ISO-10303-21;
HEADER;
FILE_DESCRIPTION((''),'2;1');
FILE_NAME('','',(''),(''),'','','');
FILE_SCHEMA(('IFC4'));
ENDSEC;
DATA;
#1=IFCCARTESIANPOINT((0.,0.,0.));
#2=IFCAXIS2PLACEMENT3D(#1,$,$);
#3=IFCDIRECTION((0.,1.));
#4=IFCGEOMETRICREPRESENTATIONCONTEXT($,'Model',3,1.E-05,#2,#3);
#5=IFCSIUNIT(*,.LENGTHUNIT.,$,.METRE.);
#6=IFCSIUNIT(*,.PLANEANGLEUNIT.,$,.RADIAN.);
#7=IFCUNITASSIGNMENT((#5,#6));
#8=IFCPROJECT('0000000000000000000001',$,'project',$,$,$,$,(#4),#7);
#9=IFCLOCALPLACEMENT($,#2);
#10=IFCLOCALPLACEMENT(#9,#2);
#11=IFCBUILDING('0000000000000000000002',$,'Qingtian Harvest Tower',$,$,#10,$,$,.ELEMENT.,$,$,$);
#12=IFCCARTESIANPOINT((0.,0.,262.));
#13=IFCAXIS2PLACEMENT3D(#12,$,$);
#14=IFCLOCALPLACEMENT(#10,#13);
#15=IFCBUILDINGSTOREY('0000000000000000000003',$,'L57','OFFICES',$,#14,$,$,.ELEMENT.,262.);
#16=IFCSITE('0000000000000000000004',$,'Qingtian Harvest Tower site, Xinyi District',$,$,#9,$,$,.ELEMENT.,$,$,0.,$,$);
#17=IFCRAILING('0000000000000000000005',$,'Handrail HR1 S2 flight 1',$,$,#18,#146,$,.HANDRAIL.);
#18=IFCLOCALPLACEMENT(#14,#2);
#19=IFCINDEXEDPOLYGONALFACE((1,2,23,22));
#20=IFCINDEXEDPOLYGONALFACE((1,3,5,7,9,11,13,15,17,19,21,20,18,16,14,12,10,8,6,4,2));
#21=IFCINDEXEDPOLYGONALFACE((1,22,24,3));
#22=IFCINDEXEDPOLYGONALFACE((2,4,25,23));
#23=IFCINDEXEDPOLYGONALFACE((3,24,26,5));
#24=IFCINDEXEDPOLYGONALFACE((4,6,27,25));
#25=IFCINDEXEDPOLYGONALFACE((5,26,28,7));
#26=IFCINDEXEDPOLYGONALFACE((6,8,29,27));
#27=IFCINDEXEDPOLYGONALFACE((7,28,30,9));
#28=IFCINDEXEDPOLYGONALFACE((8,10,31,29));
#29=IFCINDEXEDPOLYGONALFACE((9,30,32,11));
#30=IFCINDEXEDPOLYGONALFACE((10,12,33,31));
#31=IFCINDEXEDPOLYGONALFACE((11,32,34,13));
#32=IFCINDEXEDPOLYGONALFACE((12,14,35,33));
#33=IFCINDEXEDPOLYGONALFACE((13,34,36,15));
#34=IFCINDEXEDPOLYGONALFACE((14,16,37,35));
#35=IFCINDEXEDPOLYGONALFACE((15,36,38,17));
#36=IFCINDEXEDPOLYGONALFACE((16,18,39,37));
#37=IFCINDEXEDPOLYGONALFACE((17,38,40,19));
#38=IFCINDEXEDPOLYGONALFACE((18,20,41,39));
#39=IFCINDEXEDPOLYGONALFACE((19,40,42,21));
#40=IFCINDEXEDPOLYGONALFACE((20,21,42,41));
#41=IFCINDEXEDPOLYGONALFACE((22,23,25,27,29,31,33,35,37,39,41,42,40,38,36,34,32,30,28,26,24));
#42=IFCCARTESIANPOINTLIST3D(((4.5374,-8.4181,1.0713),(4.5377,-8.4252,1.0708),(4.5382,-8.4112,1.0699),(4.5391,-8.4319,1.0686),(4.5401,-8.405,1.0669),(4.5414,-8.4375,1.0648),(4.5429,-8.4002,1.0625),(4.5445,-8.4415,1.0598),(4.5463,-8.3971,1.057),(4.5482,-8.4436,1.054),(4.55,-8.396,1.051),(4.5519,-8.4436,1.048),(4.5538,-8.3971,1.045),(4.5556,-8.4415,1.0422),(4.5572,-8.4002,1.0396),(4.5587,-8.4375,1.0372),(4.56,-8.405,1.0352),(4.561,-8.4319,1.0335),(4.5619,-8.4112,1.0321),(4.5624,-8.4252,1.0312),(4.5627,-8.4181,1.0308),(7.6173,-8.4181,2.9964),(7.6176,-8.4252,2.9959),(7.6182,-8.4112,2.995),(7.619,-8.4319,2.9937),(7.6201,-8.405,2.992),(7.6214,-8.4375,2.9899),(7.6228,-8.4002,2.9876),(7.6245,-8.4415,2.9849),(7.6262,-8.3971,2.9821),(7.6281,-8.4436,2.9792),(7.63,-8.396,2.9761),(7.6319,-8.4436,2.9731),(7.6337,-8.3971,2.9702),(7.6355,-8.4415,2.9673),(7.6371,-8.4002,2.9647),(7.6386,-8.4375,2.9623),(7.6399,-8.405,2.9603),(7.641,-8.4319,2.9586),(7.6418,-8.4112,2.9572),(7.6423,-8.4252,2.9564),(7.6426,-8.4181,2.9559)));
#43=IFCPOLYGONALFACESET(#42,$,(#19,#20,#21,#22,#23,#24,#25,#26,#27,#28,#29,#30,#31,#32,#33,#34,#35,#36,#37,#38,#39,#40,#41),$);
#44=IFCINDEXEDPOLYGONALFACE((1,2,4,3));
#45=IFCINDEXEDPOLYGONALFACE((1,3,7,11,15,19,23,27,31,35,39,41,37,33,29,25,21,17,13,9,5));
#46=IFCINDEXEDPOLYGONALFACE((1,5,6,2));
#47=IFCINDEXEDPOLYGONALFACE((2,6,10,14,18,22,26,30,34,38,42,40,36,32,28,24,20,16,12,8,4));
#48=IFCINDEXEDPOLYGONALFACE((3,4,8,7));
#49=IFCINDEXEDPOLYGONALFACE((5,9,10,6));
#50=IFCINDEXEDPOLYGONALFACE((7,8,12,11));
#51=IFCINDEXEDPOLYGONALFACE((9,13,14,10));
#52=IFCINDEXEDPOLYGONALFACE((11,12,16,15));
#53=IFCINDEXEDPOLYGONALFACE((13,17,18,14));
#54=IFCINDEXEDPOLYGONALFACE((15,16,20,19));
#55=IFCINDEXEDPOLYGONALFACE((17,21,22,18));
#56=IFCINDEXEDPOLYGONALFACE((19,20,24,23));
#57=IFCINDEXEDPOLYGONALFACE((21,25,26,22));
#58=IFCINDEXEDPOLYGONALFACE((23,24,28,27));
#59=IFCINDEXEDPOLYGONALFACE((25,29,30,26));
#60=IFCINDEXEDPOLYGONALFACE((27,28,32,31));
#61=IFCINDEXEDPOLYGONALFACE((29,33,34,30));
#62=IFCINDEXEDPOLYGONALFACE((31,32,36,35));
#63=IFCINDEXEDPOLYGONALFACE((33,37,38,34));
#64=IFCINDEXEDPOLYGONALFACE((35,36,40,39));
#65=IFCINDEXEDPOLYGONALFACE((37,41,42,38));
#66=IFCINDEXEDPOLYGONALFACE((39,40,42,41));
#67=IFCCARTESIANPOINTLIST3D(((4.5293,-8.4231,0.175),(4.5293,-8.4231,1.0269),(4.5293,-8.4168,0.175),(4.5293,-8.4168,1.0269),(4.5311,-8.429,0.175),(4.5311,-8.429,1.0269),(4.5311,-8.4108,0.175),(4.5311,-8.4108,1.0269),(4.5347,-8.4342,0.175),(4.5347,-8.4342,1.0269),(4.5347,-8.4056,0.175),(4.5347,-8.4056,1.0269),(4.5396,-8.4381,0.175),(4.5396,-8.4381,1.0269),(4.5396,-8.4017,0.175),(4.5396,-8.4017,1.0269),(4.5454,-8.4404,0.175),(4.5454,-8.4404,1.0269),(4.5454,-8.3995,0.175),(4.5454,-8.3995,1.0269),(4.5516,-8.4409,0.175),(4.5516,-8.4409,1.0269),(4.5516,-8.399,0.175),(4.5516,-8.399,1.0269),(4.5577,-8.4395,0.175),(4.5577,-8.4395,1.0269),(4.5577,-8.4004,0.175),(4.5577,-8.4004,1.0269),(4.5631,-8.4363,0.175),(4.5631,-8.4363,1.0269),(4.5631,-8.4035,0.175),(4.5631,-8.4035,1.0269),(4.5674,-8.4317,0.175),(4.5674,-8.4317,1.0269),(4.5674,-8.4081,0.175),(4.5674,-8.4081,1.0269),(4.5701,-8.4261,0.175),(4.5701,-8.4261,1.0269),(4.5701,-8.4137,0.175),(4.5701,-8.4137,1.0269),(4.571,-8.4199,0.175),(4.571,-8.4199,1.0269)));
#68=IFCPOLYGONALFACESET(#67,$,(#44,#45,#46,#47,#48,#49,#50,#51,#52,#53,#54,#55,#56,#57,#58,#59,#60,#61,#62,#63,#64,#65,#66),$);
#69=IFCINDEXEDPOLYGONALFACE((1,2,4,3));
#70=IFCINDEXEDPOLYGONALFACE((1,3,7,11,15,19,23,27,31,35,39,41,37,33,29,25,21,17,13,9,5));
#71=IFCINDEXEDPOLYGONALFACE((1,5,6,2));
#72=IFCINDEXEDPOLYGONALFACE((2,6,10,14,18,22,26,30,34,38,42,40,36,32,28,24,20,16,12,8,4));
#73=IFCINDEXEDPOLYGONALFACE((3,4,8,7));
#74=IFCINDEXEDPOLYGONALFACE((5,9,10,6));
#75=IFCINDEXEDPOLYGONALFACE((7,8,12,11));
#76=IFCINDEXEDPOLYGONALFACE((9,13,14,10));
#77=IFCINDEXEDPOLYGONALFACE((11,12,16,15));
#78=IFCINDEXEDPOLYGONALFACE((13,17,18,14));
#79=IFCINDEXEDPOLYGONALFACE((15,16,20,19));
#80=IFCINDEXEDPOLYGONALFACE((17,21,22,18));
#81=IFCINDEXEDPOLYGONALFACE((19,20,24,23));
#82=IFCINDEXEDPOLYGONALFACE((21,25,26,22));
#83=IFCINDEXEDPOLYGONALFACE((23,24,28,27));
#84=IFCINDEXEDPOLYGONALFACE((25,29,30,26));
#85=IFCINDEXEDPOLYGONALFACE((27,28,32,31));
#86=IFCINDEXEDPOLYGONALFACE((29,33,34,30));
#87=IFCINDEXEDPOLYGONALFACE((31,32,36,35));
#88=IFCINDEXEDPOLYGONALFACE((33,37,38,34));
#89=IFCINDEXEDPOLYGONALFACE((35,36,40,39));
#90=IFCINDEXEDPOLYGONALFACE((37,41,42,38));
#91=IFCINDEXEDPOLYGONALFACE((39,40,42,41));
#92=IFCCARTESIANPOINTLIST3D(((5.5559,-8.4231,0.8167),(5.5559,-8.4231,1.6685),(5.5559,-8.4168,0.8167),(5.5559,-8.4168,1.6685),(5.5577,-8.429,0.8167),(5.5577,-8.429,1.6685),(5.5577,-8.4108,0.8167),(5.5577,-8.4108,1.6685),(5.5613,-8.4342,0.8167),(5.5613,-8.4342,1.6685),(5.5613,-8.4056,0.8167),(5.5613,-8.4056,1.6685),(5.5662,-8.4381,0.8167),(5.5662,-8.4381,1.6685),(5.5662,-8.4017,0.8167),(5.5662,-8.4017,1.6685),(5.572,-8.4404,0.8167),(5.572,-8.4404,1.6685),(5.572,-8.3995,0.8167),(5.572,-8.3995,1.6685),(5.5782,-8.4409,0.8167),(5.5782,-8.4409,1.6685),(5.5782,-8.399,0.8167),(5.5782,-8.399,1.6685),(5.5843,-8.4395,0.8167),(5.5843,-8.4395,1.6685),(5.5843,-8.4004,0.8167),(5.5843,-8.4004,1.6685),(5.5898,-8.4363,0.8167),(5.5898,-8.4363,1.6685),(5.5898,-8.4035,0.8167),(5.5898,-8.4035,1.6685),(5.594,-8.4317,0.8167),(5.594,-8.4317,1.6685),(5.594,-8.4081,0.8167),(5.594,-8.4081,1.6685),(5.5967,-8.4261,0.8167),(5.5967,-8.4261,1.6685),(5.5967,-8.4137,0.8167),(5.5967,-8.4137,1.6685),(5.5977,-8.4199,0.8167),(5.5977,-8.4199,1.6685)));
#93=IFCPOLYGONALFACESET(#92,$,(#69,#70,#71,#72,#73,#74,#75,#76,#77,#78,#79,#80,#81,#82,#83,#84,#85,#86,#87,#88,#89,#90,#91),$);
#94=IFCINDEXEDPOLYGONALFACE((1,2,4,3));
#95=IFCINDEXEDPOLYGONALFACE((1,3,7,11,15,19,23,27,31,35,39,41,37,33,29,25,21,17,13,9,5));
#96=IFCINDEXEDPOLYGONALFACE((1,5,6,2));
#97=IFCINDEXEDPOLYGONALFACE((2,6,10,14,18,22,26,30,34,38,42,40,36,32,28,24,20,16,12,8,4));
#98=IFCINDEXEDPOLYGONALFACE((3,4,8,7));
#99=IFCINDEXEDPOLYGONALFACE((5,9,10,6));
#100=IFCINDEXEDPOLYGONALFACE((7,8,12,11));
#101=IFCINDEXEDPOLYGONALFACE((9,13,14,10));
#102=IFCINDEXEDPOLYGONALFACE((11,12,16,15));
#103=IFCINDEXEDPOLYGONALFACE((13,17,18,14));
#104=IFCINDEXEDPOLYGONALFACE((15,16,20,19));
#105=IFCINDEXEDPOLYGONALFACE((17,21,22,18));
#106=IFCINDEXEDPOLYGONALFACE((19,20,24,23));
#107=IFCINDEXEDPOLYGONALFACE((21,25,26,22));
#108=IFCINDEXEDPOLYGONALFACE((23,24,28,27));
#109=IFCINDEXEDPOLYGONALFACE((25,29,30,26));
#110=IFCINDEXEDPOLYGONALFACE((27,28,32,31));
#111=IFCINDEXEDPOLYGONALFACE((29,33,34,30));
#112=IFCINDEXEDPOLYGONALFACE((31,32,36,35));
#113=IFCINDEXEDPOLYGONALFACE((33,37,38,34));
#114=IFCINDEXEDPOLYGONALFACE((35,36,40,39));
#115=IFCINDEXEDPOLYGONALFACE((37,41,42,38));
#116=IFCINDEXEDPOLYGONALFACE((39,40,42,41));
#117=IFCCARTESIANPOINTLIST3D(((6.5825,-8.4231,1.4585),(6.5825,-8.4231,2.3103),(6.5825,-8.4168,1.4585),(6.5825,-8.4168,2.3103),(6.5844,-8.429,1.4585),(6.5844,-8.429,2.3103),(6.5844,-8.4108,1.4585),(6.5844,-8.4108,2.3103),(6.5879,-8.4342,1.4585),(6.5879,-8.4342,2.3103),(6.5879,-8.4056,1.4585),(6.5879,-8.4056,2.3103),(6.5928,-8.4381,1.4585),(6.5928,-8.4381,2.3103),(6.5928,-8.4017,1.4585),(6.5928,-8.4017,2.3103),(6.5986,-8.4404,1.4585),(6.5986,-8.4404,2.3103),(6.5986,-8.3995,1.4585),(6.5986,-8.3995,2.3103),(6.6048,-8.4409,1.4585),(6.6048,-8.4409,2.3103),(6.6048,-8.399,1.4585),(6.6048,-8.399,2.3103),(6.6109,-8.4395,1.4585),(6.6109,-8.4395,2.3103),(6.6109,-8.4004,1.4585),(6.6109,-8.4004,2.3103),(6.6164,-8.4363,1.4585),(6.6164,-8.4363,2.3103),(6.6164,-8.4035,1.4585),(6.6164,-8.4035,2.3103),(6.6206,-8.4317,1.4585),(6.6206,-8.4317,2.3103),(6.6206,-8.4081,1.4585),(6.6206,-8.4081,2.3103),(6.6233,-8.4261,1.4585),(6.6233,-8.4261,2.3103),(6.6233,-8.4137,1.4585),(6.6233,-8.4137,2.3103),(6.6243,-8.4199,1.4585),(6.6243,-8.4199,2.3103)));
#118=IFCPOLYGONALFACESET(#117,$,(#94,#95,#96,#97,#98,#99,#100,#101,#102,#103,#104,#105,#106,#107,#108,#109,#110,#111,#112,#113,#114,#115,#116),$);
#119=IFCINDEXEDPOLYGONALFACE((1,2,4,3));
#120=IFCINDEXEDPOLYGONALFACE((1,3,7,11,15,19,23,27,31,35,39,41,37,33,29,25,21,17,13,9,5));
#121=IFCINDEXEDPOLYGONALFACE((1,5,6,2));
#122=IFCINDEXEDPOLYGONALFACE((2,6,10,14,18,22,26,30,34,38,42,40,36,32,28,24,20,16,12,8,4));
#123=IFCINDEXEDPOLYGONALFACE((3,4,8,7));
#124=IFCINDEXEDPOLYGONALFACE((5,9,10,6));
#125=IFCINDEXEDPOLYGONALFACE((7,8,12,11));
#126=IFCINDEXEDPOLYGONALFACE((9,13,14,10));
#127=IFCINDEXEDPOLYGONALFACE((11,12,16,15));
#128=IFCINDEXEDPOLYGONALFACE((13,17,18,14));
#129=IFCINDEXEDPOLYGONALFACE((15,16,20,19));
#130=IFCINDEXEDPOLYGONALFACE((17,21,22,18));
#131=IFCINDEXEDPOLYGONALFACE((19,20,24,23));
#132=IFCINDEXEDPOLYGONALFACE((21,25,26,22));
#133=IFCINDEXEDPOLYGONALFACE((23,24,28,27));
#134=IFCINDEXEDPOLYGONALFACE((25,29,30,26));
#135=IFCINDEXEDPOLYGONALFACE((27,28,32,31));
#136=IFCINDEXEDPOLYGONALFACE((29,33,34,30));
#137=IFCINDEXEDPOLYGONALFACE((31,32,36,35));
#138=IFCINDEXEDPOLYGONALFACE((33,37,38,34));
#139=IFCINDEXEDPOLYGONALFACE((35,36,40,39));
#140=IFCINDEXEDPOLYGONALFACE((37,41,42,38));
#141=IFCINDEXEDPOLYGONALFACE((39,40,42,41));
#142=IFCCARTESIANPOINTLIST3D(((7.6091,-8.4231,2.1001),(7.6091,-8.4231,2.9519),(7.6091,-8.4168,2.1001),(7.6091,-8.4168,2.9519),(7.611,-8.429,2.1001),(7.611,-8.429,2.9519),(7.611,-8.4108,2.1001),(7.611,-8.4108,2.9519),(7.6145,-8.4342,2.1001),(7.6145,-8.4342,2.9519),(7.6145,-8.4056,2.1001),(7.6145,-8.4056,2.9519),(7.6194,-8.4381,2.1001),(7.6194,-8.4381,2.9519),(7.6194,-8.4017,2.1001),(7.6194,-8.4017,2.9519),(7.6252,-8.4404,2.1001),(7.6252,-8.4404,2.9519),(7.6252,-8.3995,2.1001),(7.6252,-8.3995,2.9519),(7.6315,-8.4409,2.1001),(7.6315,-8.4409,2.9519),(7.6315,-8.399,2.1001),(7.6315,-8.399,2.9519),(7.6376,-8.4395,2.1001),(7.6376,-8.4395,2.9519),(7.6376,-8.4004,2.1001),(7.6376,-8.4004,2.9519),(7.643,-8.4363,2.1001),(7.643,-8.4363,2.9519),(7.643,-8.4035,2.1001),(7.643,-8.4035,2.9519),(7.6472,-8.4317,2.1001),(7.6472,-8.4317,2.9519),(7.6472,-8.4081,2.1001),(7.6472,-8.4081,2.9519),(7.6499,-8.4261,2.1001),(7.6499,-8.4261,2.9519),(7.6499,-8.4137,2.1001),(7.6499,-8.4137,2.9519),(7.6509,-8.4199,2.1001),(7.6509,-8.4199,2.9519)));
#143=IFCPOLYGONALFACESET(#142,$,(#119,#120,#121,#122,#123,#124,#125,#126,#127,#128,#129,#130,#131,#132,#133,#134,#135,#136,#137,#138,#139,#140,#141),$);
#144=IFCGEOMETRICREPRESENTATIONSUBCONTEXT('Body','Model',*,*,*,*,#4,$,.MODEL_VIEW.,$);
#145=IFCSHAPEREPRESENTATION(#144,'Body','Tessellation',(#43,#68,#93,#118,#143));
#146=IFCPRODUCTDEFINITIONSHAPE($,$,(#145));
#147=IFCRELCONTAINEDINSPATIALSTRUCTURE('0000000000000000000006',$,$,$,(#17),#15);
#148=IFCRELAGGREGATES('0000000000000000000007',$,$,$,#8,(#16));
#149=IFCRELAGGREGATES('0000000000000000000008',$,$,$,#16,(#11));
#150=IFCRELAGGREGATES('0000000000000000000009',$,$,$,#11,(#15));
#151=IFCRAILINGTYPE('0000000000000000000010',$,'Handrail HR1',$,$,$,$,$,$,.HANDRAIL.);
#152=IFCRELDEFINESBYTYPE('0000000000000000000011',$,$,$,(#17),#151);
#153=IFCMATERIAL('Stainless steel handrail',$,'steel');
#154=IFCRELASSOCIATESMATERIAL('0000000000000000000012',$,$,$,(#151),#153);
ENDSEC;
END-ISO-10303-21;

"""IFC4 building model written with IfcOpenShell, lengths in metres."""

from ifc_helpers import new_model, si_unit, direction, frame, origin, origin_2d, place, context, subcontext, project, spatial, circle, extrude, material, type_object, element, save


model = new_model("IFC4")

# Units and contexts
model_context = context("Model", 3, precision=1e-05, world=origin(), true_north=direction((0.0, 1.0)))
body_context = subcontext(model_context, "Body", "Model", "MODEL_VIEW")
ifc_project = project(units=[si_unit("LENGTHUNIT", "METRE"), si_unit("PLANEANGLEUNIT", "RADIAN")], contexts=[model_context])

# Site, building, storey
site_placement = place(None, origin())
site = spatial("IfcSite", under=ifc_project, at=site_placement, Name="Qingtian Harvest Tower site, Xinyi District", CompositionType="ELEMENT", RefElevation=0.0)
building_placement = place(site_placement, origin())
building = spatial("IfcBuilding", under=site, at=building_placement, Name="Qingtian Harvest Tower", CompositionType="ELEMENT")
storey_placement = place(building_placement, frame((0.0, 0.0, 262.0)))
storey = spatial("IfcBuildingStorey", under=building, at=storey_placement, Name="L57", Description="OFFICES", CompositionType="ELEMENT", Elevation=262.0)

# Railing
ifc_material_1 = material(Name="Stainless steel handrail", Category="steel")
railing_type = type_object("IfcRailingType", Name="Handrail HR1", PredefinedType="HANDRAIL", material=ifc_material_1)
railing_1_placement = place(storey_placement, frame((4.55, -8.4199, 0.175)))
element("IfcRailing", 1, at=railing_1_placement, inside=storey, type_object=railing_type, Name="Handrail HR1 S2 flight 1", PredefinedType="HANDRAIL", context=body_context, shape_type="SweptSolid", body=[
    extrude(circle(Radius=0.0239, at=origin_2d()), frame((0.0, 0.0, 0.876), z_axis=(0.847979, 0.0, 0.530029), x_axis=(0.0, 1.0, 0.0)), (0.0, 0.0, 1.0), 3.6321),
    extrude(circle(Radius=0.021, at=origin_2d()), origin(), (0.0, 0.0, 1.0), 0.8518),
    extrude(circle(Radius=0.021, at=origin_2d()), frame((1.0266, 0.0, 0.6416)), (0.0, 0.0, 1.0), 0.8518),
    extrude(circle(Radius=0.021, at=origin_2d()), frame((2.0532, 0.0, 1.2834)), (0.0, 0.0, 1.0), 0.8518),
    extrude(circle(Radius=0.021, at=origin_2d()), frame((3.0798, 0.0, 1.925)), (0.0, 0.0, 1.0), 0.8518),
])

save(model, "model.ifc")
